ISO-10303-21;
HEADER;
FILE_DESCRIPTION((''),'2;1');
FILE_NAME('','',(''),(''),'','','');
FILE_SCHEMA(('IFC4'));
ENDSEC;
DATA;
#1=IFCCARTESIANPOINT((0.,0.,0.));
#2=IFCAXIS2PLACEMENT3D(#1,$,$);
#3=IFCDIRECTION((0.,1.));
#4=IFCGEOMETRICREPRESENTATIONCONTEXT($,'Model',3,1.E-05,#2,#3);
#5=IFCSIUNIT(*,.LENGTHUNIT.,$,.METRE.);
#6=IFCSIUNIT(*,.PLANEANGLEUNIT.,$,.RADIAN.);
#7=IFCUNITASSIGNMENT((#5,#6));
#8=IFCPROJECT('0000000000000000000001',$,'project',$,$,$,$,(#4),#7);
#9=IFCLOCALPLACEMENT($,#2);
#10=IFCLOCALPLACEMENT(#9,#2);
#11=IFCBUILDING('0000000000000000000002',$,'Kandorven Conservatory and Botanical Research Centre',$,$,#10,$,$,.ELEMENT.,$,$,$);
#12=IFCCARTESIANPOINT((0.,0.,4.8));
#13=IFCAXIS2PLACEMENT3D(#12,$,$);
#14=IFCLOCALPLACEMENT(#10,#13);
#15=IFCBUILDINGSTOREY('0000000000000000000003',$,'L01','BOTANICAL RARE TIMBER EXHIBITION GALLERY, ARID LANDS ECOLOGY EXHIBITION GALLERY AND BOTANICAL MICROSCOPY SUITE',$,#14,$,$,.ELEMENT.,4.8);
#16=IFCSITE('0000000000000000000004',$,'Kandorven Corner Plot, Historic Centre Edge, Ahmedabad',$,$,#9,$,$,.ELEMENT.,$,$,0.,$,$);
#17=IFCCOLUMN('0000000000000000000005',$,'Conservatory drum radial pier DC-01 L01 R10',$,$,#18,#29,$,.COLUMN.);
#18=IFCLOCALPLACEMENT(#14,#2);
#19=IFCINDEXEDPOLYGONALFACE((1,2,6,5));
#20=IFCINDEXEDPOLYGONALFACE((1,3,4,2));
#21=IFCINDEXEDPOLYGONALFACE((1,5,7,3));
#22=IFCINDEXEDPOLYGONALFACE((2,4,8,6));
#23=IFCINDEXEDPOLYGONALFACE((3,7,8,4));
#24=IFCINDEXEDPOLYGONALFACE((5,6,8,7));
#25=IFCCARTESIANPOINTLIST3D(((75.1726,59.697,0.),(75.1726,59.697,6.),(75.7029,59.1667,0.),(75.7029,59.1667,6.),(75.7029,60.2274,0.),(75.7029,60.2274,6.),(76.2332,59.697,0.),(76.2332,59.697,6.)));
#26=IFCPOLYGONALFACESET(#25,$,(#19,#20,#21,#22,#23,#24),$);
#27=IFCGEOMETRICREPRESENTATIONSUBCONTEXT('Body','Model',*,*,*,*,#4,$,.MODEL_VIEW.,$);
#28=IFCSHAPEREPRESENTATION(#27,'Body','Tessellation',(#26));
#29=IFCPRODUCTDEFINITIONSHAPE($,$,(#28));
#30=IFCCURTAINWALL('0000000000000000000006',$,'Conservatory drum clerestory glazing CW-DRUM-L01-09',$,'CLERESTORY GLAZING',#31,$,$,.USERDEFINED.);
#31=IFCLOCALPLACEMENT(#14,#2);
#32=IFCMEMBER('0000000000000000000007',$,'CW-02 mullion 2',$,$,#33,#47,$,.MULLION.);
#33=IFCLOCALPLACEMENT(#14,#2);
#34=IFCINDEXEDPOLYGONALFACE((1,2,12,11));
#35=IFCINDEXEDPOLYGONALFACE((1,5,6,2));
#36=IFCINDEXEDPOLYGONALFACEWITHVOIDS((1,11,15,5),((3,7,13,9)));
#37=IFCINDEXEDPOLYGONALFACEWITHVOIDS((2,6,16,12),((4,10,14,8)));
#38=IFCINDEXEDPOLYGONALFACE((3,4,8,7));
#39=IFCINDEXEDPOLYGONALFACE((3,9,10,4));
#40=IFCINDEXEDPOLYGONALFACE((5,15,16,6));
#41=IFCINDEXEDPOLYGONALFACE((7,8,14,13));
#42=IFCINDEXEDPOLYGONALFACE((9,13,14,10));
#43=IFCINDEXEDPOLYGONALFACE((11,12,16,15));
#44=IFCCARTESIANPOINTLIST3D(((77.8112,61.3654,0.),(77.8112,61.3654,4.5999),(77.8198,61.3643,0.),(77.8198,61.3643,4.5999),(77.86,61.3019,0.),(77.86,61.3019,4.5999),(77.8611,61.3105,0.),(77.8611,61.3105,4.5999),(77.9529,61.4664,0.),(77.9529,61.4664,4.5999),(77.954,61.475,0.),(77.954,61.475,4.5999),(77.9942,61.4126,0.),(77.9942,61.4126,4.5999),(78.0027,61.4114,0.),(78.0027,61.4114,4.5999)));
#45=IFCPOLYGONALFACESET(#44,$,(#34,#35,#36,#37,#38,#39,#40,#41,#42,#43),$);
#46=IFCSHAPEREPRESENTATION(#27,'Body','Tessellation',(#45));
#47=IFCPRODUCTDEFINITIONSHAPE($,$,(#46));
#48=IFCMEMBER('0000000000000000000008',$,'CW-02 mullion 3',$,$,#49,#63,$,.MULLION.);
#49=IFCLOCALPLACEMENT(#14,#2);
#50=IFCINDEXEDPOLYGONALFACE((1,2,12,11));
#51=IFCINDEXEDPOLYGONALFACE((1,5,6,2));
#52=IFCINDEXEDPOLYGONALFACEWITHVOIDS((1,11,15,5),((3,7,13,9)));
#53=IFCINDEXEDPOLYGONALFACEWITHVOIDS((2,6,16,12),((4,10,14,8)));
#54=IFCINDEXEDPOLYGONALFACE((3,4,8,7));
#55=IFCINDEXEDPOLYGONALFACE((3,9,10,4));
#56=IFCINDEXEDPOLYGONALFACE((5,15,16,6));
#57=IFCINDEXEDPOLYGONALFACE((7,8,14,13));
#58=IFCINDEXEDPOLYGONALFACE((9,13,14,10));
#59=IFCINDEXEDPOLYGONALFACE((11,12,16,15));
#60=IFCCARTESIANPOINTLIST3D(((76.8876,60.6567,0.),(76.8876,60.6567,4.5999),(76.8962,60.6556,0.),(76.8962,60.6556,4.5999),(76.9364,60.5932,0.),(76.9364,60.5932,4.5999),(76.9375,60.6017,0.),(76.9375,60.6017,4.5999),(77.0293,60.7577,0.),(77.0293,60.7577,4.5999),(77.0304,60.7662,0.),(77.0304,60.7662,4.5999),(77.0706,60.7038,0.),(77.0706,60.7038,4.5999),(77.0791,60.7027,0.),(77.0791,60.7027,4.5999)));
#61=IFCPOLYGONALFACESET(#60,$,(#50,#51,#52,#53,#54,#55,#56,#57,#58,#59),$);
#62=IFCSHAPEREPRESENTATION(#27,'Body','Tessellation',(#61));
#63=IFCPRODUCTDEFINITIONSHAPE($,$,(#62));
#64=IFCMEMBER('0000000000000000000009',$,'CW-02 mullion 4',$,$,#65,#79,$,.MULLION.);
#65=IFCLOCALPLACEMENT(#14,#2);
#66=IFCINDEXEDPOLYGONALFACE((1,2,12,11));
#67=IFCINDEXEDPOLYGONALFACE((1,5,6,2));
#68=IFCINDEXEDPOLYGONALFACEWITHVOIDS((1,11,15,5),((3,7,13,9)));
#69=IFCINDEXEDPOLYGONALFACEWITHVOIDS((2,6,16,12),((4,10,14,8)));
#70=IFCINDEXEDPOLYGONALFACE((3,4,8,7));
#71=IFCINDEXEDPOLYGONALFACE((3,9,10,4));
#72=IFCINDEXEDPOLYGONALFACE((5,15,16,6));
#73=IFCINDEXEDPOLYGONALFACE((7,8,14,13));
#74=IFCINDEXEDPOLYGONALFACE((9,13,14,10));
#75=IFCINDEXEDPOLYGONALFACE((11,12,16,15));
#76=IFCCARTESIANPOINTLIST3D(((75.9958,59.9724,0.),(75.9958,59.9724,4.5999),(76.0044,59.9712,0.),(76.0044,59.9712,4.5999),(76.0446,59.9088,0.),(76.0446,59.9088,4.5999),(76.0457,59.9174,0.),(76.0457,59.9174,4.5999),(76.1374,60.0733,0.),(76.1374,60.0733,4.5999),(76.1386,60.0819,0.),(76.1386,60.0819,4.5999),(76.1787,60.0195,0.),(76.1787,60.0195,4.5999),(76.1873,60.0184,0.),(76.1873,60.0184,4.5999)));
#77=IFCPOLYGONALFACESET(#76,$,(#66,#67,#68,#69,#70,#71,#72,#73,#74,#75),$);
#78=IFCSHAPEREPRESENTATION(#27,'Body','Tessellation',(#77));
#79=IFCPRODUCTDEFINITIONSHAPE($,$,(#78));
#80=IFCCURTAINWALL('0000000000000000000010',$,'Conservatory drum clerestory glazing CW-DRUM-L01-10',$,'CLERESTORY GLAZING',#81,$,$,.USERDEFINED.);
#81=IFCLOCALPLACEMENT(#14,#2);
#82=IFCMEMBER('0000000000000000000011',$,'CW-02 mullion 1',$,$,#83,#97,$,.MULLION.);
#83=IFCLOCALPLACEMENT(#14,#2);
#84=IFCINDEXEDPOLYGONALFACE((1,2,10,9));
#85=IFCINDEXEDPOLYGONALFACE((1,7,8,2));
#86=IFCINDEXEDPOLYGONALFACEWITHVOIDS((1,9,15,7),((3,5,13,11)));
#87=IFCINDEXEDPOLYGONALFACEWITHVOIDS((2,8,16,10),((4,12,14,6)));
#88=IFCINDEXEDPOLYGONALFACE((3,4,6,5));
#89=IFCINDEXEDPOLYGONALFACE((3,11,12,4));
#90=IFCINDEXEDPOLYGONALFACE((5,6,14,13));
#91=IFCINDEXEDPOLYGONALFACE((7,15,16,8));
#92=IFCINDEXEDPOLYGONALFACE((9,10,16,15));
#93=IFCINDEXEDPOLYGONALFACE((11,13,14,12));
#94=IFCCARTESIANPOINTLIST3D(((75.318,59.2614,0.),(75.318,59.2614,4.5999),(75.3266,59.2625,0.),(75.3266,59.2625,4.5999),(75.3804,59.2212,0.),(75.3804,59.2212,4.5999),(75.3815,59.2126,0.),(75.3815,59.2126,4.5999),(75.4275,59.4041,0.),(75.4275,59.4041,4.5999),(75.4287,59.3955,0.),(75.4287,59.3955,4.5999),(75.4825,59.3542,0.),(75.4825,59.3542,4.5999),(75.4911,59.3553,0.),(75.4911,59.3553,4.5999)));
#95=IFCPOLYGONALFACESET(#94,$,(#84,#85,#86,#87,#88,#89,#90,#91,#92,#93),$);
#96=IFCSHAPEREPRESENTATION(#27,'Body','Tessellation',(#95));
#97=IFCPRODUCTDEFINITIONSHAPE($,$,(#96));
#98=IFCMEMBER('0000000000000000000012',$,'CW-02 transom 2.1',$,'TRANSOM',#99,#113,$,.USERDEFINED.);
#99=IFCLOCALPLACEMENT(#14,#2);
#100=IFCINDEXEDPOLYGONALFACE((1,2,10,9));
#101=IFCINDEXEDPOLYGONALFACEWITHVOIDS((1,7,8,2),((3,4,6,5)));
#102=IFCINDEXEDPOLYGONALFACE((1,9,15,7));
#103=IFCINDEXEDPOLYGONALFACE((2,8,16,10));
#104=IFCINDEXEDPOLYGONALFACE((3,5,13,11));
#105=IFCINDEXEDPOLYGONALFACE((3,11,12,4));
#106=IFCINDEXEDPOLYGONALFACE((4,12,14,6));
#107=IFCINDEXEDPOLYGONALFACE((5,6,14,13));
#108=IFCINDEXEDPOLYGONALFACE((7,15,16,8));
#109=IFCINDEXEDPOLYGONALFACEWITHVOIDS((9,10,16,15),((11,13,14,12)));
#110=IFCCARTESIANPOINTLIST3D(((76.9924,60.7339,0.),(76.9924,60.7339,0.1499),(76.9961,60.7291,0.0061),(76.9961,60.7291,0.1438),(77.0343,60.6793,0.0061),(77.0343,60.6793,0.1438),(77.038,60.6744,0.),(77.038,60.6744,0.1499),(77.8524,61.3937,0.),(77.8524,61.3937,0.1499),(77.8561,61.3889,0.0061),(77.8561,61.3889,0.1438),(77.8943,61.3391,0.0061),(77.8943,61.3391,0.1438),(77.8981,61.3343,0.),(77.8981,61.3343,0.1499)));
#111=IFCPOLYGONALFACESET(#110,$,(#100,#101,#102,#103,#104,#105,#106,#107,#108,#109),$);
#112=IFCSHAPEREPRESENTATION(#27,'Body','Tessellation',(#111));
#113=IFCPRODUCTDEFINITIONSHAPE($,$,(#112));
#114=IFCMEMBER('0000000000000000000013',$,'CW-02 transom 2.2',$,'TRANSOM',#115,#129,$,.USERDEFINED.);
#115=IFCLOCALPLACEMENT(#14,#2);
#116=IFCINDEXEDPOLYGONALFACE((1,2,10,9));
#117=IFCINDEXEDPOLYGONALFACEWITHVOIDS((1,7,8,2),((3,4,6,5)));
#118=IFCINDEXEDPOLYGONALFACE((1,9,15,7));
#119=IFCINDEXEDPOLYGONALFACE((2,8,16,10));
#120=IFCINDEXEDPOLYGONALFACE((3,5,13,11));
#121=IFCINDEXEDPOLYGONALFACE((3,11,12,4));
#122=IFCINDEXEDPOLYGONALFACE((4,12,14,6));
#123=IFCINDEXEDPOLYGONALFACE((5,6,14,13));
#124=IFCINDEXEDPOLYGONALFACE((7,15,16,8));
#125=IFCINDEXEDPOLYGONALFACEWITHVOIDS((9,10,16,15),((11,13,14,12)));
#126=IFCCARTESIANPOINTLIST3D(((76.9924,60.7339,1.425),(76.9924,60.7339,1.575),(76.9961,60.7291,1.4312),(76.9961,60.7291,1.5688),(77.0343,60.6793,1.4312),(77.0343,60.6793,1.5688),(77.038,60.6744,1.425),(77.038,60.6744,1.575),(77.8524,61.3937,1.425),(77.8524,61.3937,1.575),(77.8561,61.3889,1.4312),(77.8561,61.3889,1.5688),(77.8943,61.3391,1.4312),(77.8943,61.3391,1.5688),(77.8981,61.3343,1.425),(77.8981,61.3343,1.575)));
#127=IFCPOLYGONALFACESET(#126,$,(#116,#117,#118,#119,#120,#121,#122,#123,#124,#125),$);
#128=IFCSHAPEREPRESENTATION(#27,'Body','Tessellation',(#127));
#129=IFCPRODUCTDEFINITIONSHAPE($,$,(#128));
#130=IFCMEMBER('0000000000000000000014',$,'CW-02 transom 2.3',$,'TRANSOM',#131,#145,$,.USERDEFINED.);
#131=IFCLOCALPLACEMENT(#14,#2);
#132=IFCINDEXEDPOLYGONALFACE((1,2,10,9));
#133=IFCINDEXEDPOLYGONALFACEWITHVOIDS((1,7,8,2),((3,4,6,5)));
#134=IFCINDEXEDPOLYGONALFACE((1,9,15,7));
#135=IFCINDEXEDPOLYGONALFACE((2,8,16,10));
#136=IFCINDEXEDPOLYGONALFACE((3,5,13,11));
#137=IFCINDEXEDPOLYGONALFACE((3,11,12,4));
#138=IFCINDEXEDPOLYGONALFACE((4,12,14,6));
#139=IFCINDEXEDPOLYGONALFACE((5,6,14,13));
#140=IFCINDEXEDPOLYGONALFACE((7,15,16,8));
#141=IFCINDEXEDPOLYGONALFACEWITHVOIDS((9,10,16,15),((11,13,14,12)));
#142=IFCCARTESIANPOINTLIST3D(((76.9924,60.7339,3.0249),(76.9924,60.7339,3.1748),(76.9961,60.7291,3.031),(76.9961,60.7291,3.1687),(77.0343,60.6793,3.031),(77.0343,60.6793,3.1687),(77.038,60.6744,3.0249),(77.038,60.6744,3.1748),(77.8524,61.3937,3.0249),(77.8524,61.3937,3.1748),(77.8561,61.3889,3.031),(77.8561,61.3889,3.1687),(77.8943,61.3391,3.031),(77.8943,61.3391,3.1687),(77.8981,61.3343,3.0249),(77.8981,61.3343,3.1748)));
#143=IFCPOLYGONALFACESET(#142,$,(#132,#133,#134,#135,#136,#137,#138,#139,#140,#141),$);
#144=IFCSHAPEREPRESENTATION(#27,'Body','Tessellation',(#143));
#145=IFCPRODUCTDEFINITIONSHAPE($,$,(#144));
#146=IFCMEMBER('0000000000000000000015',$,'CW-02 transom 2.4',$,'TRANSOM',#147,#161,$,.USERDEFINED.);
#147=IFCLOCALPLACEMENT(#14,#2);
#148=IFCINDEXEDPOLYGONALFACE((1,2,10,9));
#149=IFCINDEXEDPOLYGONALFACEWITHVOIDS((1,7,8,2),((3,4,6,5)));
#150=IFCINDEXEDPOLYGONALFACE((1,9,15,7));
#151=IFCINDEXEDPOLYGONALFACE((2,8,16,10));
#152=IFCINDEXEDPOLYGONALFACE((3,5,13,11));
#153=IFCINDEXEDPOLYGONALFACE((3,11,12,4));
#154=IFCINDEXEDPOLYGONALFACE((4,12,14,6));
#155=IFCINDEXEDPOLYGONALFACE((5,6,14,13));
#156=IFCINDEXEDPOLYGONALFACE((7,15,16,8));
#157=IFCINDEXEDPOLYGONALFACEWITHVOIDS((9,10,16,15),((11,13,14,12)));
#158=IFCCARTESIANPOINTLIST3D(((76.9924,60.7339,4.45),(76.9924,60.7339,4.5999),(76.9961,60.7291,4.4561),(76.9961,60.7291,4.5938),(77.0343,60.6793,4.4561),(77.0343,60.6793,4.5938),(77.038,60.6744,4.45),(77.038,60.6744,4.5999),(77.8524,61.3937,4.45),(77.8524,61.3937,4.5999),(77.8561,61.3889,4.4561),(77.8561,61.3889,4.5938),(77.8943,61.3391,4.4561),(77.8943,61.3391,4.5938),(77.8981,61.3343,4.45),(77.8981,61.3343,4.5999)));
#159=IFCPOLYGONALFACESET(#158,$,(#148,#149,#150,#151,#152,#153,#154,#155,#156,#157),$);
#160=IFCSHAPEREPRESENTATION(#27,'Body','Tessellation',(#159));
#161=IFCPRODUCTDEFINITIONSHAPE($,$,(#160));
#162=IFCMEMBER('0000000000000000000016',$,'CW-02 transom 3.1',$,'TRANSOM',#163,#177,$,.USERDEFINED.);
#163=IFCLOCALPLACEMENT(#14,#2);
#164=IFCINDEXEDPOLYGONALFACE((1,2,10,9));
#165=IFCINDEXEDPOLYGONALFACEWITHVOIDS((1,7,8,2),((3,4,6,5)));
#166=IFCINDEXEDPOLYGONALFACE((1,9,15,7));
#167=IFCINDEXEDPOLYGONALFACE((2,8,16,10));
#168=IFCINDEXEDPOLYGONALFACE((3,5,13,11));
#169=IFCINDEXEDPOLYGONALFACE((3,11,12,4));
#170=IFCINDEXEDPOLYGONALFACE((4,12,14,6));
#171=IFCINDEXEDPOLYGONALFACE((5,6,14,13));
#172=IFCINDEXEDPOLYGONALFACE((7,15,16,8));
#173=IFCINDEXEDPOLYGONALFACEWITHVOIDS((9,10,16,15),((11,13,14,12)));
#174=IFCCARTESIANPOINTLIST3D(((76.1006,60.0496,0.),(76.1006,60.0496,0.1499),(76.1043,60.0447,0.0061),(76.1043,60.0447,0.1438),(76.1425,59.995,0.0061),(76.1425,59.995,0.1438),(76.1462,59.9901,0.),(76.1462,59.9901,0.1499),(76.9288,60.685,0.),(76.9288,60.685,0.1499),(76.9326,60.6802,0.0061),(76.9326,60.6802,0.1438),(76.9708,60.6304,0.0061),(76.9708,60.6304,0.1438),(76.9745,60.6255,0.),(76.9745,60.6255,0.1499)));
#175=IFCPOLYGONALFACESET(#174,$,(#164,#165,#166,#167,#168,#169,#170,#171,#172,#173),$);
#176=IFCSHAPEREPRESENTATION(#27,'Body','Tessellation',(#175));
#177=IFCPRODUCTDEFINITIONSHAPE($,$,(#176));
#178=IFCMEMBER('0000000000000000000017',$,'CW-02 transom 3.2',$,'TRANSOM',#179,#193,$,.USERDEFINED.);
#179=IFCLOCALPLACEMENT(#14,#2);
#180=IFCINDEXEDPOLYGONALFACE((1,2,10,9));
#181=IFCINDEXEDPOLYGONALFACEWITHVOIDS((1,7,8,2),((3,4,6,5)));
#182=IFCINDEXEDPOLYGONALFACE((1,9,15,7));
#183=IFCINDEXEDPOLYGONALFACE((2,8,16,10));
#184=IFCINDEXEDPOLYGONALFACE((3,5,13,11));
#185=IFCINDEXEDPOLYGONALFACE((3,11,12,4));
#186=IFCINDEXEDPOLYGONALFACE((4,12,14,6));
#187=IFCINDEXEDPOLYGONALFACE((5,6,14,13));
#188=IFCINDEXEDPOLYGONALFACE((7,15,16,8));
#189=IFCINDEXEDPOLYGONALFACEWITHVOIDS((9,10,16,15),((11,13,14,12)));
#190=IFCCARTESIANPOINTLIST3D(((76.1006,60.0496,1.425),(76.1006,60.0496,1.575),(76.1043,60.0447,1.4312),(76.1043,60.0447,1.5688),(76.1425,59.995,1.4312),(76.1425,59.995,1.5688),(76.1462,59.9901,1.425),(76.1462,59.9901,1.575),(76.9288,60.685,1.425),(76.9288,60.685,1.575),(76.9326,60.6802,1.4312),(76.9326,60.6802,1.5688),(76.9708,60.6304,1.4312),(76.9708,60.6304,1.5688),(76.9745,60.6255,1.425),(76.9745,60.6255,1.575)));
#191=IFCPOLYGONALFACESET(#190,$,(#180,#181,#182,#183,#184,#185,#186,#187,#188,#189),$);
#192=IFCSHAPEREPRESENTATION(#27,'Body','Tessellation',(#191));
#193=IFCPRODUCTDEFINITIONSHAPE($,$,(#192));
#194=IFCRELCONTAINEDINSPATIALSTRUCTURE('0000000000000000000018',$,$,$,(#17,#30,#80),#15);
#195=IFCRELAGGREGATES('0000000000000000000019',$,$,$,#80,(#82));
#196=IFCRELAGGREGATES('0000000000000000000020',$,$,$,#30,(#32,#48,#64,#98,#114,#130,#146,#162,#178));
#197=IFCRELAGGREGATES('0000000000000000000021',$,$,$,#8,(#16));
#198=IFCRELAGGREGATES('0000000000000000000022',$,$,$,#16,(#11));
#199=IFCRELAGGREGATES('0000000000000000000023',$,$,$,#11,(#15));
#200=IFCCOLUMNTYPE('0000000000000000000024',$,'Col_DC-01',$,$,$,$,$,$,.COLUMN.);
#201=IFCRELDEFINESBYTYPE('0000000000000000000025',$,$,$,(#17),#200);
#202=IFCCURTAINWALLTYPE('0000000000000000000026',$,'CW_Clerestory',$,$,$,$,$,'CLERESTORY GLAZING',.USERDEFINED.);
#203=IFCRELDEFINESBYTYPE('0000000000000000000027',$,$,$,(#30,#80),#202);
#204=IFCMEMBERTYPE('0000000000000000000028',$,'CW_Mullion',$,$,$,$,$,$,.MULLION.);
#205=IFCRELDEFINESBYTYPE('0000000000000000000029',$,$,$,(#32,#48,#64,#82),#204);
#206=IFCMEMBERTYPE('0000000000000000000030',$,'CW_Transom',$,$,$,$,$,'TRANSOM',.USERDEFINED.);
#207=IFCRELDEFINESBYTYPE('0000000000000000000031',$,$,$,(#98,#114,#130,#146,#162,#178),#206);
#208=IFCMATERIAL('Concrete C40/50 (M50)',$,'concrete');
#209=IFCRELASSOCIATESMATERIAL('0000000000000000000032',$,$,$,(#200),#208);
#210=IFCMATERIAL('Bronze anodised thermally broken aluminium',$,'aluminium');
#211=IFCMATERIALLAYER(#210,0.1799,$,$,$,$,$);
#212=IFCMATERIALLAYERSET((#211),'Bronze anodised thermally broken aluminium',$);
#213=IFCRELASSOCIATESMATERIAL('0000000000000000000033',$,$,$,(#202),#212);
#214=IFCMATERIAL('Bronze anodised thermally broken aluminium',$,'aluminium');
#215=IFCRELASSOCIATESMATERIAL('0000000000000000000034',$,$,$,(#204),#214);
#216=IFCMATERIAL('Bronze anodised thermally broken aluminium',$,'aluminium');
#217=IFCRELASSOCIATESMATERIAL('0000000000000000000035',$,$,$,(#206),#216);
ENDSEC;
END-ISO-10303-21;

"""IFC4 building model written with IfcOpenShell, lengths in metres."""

from ifc_helpers import new_model, si_unit, direction, frame, origin, origin_2d, place, context, subcontext, project, spatial, rectangle, hollow_rectangle, extrude, material, layer, layer_set, material_profile, profile_set, type_object, element, aggregate, save


model = new_model("IFC4")

# Units and contexts
model_context = context("Model", 3, precision=1e-05, world=origin(), true_north=direction((0.0, 1.0)))
body_context = subcontext(model_context, "Body", "Model", "MODEL_VIEW")
ifc_project = project(units=[si_unit("LENGTHUNIT", "METRE"), si_unit("PLANEANGLEUNIT", "RADIAN")], contexts=[model_context])

# Site, building, storey
site_placement = place(None, origin())
site = spatial("IfcSite", under=ifc_project, at=site_placement, Name="Kandorven Corner Plot, Historic Centre Edge, Ahmedabad", CompositionType="ELEMENT", RefElevation=0.0)
building_placement = place(site_placement, origin())
building = spatial("IfcBuilding", under=site, at=building_placement, Name="Kandorven Conservatory and Botanical Research Centre", CompositionType="ELEMENT")
storey_placement = place(building_placement, frame((0.0, 0.0, 4.8)))
storey = spatial("IfcBuildingStorey", under=building, at=storey_placement, Name="L01", Description="BOTANICAL RARE TIMBER EXHIBITION GALLERY, ARID LANDS ECOLOGY EXHIBITION GALLERY AND BOTANICAL MICROSCOPY SUITE", CompositionType="ELEMENT", Elevation=4.8)

# Column
ifc_material_1 = material(Name="Concrete C40/50 (M50)", Category="concrete")
ifc_material_profile_1 = material_profile(ifc_material_1, rectangle(XDim=0.75, YDim=0.75, at=origin_2d()))
ifc_profile_set_1 = profile_set([ifc_material_profile_1], Name="Concrete C40/50 (M50)")
column_type = type_object("IfcColumnType", Name="Col_DC-01", PredefinedType="COLUMN", material=ifc_profile_set_1)
column_placement = place(storey_placement, frame((75.7029, 59.697, 0.0), z_axis=(0.0, 0.0, 1.0), x_axis=(-0.707107, 0.707107, 0.0)))
element("IfcColumn", 1, at=column_placement, inside=storey, type_object=column_type, Name="Conservatory drum radial pier DC-01 L01 R10", PredefinedType="COLUMN", context=body_context, shape_type="SweptSolid", body=[
    extrude(rectangle(XDim=0.75, YDim=0.75, at=origin_2d()), origin(), (0.0, 0.0, 1.0), 6.0),
])

# Curtain wall, members
ifc_material_2 = material(Name="Bronze anodised thermally broken aluminium", Category="aluminium")
ifc_layer_1 = layer(ifc_material_2, 0.1799)
ifc_layer_set_1 = layer_set([ifc_layer_1], Name="Bronze anodised thermally broken aluminium")
curtain_wall_type = type_object("IfcCurtainWallType", Name="CW_Clerestory", ElementType="CLERESTORY GLAZING", PredefinedType="USERDEFINED", material=ifc_layer_set_1)
curtain_wall_1_placement = place(storey_placement, origin())
curtain_wall_1 = element("IfcCurtainWall", 2, at=curtain_wall_1_placement, inside=storey, type_object=curtain_wall_type, Name="Conservatory drum clerestory glazing CW-DRUM-L01-09", ObjectType="CLERESTORY GLAZING", PredefinedType="USERDEFINED")
ifc_material_3 = material(Name="Bronze anodised thermally broken aluminium", Category="aluminium")
ifc_material_profile_2 = material_profile(ifc_material_3, hollow_rectangle(XDim=0.0801, YDim=0.1799, WallThickness=0.0061, at=origin_2d()))
ifc_profile_set_2 = profile_set([ifc_material_profile_2], Name="Bronze anodised thermally broken aluminium")
member_type_1 = type_object("IfcMemberType", Name="CW_Mullion", PredefinedType="MULLION", material=ifc_profile_set_2)
member_1_placement = place(storey_placement, frame((77.907, 61.3884, 0.0), z_axis=(0.0, 0.0, 1.0), x_axis=(0.608769, -0.793347, 0.0)))
member_1 = element("IfcMember", 3, at=member_1_placement, type_object=member_type_1, Name="CW-02 mullion 2", PredefinedType="MULLION", context=body_context, shape_type="SweptSolid", body=[
    extrude(hollow_rectangle(XDim=0.0801, YDim=0.1799, WallThickness=0.0061, at=origin_2d()), origin(), (0.0, 0.0, 1.0), 4.5999),
])
member_2_placement = place(storey_placement, frame((76.9834, 60.6797, 0.0), z_axis=(0.0, 0.0, 1.0), x_axis=(0.608769, -0.793347, 0.0)))
member_2 = element("IfcMember", 4, at=member_2_placement, type_object=member_type_1, Name="CW-02 mullion 3", PredefinedType="MULLION", context=body_context, shape_type="SweptSolid", body=[
    extrude(hollow_rectangle(XDim=0.0801, YDim=0.1799, WallThickness=0.0061, at=origin_2d()), origin(), (0.0, 0.0, 1.0), 4.5999),
])
member_3_placement = place(storey_placement, frame((76.0916, 59.9954, 0.0), z_axis=(0.0, 0.0, 1.0), x_axis=(0.608769, -0.793347, 0.0)))
member_3 = element("IfcMember", 5, at=member_3_placement, type_object=member_type_1, Name="CW-02 mullion 4", PredefinedType="MULLION", context=body_context, shape_type="SweptSolid", body=[
    extrude(hollow_rectangle(XDim=0.0801, YDim=0.1799, WallThickness=0.0061, at=origin_2d()), origin(), (0.0, 0.0, 1.0), 4.5999),
])

# Curtain wall, member
curtain_wall_2_placement = place(storey_placement, origin())
curtain_wall_2 = element("IfcCurtainWall", 6, at=curtain_wall_2_placement, inside=storey, type_object=curtain_wall_type, Name="Conservatory drum clerestory glazing CW-DRUM-L01-10", ObjectType="CLERESTORY GLAZING", PredefinedType="USERDEFINED")
member_4_placement = place(storey_placement, frame((75.4045, 59.3083, 0.0), z_axis=(0.0, 0.0, 1.0), x_axis=(0.793347, -0.608769, 0.0)))
member_4 = element("IfcMember", 7, at=member_4_placement, type_object=member_type_1, Name="CW-02 mullion 1", PredefinedType="MULLION", context=body_context, shape_type="SweptSolid", body=[
    extrude(hollow_rectangle(XDim=0.0801, YDim=0.1799, WallThickness=0.0061, at=origin_2d()), origin(), (0.0, 0.0, 1.0), 4.5999),
])
aggregate(curtain_wall_2, [member_4])

# Members
ifc_material_4 = material(Name="Bronze anodised thermally broken aluminium", Category="aluminium")
ifc_material_profile_3 = material_profile(ifc_material_4, hollow_rectangle(XDim=0.075, YDim=0.1499, WallThickness=0.0061, at=origin_2d()))
ifc_profile_set_3 = profile_set([ifc_material_profile_3], Name="Bronze anodised thermally broken aluminium")
member_type_2 = type_object("IfcMemberType", Name="CW_Transom", ElementType="TRANSOM", PredefinedType="USERDEFINED", material=ifc_profile_set_3)
member_5_placement = place(storey_placement, frame((77.8752, 61.364, 0.075), z_axis=(-0.793385, -0.60872, 0.0), x_axis=(0.60872, -0.793385, 0.0)))
member_5 = element("IfcMember", 8, at=member_5_placement, type_object=member_type_2, Name="CW-02 transom 2.1", ObjectType="TRANSOM", PredefinedType="USERDEFINED", context=body_context, shape_type="SweptSolid", body=[
    extrude(hollow_rectangle(XDim=0.075, YDim=0.1499, WallThickness=0.0061, at=origin_2d()), origin(), (0.0, 0.0, 1.0), 1.084),
])
member_6_placement = place(storey_placement, frame((77.8752, 61.364, 1.5), z_axis=(-0.793385, -0.60872, 0.0), x_axis=(0.60872, -0.793385, 0.0)))
member_6 = element("IfcMember", 9, at=member_6_placement, type_object=member_type_2, Name="CW-02 transom 2.2", ObjectType="TRANSOM", PredefinedType="USERDEFINED", context=body_context, shape_type="SweptSolid", body=[
    extrude(hollow_rectangle(XDim=0.075, YDim=0.1499, WallThickness=0.0061, at=origin_2d()), origin(), (0.0, 0.0, 1.0), 1.084),
])
member_7_placement = place(storey_placement, frame((77.8752, 61.364, 3.0999), z_axis=(-0.793385, -0.60872, 0.0), x_axis=(0.60872, -0.793385, 0.0)))
member_7 = element("IfcMember", 10, at=member_7_placement, type_object=member_type_2, Name="CW-02 transom 2.3", ObjectType="TRANSOM", PredefinedType="USERDEFINED", context=body_context, shape_type="SweptSolid", body=[
    extrude(hollow_rectangle(XDim=0.075, YDim=0.1499, WallThickness=0.0061, at=origin_2d()), origin(), (0.0, 0.0, 1.0), 1.084),
])
member_8_placement = place(storey_placement, frame((77.8752, 61.364, 4.5249), z_axis=(-0.793385, -0.60872, 0.0), x_axis=(0.60872, -0.793385, 0.0)))
member_8 = element("IfcMember", 11, at=member_8_placement, type_object=member_type_2, Name="CW-02 transom 2.4", ObjectType="TRANSOM", PredefinedType="USERDEFINED", context=body_context, shape_type="SweptSolid", body=[
    extrude(hollow_rectangle(XDim=0.075, YDim=0.1499, WallThickness=0.0061, at=origin_2d()), origin(), (0.0, 0.0, 1.0), 1.084),
])
member_9_placement = place(storey_placement, frame((76.9517, 60.6553, 0.075), z_axis=(-0.793414, -0.608682, 0.0), x_axis=(0.608682, -0.793414, 0.0)))
member_9 = element("IfcMember", 12, at=member_9_placement, type_object=member_type_2, Name="CW-02 transom 3.1", ObjectType="TRANSOM", PredefinedType="USERDEFINED", context=body_context, shape_type="SweptSolid", body=[
    extrude(hollow_rectangle(XDim=0.075, YDim=0.1499, WallThickness=0.0061, at=origin_2d()), origin(), (0.0, 0.0, 1.0), 1.0439),
])
member_10_placement = place(storey_placement, frame((76.9517, 60.6553, 1.5), z_axis=(-0.793414, -0.608682, 0.0), x_axis=(0.608682, -0.793414, 0.0)))
member_10 = element("IfcMember", 13, at=member_10_placement, type_object=member_type_2, Name="CW-02 transom 3.2", ObjectType="TRANSOM", PredefinedType="USERDEFINED", context=body_context, shape_type="SweptSolid", body=[
    extrude(hollow_rectangle(XDim=0.075, YDim=0.1499, WallThickness=0.0061, at=origin_2d()), origin(), (0.0, 0.0, 1.0), 1.0439),
])

aggregate(curtain_wall_1, [member_1, member_2, member_3, member_5, member_6, member_7, member_8, member_9, member_10])

save(model, "model.ifc")
